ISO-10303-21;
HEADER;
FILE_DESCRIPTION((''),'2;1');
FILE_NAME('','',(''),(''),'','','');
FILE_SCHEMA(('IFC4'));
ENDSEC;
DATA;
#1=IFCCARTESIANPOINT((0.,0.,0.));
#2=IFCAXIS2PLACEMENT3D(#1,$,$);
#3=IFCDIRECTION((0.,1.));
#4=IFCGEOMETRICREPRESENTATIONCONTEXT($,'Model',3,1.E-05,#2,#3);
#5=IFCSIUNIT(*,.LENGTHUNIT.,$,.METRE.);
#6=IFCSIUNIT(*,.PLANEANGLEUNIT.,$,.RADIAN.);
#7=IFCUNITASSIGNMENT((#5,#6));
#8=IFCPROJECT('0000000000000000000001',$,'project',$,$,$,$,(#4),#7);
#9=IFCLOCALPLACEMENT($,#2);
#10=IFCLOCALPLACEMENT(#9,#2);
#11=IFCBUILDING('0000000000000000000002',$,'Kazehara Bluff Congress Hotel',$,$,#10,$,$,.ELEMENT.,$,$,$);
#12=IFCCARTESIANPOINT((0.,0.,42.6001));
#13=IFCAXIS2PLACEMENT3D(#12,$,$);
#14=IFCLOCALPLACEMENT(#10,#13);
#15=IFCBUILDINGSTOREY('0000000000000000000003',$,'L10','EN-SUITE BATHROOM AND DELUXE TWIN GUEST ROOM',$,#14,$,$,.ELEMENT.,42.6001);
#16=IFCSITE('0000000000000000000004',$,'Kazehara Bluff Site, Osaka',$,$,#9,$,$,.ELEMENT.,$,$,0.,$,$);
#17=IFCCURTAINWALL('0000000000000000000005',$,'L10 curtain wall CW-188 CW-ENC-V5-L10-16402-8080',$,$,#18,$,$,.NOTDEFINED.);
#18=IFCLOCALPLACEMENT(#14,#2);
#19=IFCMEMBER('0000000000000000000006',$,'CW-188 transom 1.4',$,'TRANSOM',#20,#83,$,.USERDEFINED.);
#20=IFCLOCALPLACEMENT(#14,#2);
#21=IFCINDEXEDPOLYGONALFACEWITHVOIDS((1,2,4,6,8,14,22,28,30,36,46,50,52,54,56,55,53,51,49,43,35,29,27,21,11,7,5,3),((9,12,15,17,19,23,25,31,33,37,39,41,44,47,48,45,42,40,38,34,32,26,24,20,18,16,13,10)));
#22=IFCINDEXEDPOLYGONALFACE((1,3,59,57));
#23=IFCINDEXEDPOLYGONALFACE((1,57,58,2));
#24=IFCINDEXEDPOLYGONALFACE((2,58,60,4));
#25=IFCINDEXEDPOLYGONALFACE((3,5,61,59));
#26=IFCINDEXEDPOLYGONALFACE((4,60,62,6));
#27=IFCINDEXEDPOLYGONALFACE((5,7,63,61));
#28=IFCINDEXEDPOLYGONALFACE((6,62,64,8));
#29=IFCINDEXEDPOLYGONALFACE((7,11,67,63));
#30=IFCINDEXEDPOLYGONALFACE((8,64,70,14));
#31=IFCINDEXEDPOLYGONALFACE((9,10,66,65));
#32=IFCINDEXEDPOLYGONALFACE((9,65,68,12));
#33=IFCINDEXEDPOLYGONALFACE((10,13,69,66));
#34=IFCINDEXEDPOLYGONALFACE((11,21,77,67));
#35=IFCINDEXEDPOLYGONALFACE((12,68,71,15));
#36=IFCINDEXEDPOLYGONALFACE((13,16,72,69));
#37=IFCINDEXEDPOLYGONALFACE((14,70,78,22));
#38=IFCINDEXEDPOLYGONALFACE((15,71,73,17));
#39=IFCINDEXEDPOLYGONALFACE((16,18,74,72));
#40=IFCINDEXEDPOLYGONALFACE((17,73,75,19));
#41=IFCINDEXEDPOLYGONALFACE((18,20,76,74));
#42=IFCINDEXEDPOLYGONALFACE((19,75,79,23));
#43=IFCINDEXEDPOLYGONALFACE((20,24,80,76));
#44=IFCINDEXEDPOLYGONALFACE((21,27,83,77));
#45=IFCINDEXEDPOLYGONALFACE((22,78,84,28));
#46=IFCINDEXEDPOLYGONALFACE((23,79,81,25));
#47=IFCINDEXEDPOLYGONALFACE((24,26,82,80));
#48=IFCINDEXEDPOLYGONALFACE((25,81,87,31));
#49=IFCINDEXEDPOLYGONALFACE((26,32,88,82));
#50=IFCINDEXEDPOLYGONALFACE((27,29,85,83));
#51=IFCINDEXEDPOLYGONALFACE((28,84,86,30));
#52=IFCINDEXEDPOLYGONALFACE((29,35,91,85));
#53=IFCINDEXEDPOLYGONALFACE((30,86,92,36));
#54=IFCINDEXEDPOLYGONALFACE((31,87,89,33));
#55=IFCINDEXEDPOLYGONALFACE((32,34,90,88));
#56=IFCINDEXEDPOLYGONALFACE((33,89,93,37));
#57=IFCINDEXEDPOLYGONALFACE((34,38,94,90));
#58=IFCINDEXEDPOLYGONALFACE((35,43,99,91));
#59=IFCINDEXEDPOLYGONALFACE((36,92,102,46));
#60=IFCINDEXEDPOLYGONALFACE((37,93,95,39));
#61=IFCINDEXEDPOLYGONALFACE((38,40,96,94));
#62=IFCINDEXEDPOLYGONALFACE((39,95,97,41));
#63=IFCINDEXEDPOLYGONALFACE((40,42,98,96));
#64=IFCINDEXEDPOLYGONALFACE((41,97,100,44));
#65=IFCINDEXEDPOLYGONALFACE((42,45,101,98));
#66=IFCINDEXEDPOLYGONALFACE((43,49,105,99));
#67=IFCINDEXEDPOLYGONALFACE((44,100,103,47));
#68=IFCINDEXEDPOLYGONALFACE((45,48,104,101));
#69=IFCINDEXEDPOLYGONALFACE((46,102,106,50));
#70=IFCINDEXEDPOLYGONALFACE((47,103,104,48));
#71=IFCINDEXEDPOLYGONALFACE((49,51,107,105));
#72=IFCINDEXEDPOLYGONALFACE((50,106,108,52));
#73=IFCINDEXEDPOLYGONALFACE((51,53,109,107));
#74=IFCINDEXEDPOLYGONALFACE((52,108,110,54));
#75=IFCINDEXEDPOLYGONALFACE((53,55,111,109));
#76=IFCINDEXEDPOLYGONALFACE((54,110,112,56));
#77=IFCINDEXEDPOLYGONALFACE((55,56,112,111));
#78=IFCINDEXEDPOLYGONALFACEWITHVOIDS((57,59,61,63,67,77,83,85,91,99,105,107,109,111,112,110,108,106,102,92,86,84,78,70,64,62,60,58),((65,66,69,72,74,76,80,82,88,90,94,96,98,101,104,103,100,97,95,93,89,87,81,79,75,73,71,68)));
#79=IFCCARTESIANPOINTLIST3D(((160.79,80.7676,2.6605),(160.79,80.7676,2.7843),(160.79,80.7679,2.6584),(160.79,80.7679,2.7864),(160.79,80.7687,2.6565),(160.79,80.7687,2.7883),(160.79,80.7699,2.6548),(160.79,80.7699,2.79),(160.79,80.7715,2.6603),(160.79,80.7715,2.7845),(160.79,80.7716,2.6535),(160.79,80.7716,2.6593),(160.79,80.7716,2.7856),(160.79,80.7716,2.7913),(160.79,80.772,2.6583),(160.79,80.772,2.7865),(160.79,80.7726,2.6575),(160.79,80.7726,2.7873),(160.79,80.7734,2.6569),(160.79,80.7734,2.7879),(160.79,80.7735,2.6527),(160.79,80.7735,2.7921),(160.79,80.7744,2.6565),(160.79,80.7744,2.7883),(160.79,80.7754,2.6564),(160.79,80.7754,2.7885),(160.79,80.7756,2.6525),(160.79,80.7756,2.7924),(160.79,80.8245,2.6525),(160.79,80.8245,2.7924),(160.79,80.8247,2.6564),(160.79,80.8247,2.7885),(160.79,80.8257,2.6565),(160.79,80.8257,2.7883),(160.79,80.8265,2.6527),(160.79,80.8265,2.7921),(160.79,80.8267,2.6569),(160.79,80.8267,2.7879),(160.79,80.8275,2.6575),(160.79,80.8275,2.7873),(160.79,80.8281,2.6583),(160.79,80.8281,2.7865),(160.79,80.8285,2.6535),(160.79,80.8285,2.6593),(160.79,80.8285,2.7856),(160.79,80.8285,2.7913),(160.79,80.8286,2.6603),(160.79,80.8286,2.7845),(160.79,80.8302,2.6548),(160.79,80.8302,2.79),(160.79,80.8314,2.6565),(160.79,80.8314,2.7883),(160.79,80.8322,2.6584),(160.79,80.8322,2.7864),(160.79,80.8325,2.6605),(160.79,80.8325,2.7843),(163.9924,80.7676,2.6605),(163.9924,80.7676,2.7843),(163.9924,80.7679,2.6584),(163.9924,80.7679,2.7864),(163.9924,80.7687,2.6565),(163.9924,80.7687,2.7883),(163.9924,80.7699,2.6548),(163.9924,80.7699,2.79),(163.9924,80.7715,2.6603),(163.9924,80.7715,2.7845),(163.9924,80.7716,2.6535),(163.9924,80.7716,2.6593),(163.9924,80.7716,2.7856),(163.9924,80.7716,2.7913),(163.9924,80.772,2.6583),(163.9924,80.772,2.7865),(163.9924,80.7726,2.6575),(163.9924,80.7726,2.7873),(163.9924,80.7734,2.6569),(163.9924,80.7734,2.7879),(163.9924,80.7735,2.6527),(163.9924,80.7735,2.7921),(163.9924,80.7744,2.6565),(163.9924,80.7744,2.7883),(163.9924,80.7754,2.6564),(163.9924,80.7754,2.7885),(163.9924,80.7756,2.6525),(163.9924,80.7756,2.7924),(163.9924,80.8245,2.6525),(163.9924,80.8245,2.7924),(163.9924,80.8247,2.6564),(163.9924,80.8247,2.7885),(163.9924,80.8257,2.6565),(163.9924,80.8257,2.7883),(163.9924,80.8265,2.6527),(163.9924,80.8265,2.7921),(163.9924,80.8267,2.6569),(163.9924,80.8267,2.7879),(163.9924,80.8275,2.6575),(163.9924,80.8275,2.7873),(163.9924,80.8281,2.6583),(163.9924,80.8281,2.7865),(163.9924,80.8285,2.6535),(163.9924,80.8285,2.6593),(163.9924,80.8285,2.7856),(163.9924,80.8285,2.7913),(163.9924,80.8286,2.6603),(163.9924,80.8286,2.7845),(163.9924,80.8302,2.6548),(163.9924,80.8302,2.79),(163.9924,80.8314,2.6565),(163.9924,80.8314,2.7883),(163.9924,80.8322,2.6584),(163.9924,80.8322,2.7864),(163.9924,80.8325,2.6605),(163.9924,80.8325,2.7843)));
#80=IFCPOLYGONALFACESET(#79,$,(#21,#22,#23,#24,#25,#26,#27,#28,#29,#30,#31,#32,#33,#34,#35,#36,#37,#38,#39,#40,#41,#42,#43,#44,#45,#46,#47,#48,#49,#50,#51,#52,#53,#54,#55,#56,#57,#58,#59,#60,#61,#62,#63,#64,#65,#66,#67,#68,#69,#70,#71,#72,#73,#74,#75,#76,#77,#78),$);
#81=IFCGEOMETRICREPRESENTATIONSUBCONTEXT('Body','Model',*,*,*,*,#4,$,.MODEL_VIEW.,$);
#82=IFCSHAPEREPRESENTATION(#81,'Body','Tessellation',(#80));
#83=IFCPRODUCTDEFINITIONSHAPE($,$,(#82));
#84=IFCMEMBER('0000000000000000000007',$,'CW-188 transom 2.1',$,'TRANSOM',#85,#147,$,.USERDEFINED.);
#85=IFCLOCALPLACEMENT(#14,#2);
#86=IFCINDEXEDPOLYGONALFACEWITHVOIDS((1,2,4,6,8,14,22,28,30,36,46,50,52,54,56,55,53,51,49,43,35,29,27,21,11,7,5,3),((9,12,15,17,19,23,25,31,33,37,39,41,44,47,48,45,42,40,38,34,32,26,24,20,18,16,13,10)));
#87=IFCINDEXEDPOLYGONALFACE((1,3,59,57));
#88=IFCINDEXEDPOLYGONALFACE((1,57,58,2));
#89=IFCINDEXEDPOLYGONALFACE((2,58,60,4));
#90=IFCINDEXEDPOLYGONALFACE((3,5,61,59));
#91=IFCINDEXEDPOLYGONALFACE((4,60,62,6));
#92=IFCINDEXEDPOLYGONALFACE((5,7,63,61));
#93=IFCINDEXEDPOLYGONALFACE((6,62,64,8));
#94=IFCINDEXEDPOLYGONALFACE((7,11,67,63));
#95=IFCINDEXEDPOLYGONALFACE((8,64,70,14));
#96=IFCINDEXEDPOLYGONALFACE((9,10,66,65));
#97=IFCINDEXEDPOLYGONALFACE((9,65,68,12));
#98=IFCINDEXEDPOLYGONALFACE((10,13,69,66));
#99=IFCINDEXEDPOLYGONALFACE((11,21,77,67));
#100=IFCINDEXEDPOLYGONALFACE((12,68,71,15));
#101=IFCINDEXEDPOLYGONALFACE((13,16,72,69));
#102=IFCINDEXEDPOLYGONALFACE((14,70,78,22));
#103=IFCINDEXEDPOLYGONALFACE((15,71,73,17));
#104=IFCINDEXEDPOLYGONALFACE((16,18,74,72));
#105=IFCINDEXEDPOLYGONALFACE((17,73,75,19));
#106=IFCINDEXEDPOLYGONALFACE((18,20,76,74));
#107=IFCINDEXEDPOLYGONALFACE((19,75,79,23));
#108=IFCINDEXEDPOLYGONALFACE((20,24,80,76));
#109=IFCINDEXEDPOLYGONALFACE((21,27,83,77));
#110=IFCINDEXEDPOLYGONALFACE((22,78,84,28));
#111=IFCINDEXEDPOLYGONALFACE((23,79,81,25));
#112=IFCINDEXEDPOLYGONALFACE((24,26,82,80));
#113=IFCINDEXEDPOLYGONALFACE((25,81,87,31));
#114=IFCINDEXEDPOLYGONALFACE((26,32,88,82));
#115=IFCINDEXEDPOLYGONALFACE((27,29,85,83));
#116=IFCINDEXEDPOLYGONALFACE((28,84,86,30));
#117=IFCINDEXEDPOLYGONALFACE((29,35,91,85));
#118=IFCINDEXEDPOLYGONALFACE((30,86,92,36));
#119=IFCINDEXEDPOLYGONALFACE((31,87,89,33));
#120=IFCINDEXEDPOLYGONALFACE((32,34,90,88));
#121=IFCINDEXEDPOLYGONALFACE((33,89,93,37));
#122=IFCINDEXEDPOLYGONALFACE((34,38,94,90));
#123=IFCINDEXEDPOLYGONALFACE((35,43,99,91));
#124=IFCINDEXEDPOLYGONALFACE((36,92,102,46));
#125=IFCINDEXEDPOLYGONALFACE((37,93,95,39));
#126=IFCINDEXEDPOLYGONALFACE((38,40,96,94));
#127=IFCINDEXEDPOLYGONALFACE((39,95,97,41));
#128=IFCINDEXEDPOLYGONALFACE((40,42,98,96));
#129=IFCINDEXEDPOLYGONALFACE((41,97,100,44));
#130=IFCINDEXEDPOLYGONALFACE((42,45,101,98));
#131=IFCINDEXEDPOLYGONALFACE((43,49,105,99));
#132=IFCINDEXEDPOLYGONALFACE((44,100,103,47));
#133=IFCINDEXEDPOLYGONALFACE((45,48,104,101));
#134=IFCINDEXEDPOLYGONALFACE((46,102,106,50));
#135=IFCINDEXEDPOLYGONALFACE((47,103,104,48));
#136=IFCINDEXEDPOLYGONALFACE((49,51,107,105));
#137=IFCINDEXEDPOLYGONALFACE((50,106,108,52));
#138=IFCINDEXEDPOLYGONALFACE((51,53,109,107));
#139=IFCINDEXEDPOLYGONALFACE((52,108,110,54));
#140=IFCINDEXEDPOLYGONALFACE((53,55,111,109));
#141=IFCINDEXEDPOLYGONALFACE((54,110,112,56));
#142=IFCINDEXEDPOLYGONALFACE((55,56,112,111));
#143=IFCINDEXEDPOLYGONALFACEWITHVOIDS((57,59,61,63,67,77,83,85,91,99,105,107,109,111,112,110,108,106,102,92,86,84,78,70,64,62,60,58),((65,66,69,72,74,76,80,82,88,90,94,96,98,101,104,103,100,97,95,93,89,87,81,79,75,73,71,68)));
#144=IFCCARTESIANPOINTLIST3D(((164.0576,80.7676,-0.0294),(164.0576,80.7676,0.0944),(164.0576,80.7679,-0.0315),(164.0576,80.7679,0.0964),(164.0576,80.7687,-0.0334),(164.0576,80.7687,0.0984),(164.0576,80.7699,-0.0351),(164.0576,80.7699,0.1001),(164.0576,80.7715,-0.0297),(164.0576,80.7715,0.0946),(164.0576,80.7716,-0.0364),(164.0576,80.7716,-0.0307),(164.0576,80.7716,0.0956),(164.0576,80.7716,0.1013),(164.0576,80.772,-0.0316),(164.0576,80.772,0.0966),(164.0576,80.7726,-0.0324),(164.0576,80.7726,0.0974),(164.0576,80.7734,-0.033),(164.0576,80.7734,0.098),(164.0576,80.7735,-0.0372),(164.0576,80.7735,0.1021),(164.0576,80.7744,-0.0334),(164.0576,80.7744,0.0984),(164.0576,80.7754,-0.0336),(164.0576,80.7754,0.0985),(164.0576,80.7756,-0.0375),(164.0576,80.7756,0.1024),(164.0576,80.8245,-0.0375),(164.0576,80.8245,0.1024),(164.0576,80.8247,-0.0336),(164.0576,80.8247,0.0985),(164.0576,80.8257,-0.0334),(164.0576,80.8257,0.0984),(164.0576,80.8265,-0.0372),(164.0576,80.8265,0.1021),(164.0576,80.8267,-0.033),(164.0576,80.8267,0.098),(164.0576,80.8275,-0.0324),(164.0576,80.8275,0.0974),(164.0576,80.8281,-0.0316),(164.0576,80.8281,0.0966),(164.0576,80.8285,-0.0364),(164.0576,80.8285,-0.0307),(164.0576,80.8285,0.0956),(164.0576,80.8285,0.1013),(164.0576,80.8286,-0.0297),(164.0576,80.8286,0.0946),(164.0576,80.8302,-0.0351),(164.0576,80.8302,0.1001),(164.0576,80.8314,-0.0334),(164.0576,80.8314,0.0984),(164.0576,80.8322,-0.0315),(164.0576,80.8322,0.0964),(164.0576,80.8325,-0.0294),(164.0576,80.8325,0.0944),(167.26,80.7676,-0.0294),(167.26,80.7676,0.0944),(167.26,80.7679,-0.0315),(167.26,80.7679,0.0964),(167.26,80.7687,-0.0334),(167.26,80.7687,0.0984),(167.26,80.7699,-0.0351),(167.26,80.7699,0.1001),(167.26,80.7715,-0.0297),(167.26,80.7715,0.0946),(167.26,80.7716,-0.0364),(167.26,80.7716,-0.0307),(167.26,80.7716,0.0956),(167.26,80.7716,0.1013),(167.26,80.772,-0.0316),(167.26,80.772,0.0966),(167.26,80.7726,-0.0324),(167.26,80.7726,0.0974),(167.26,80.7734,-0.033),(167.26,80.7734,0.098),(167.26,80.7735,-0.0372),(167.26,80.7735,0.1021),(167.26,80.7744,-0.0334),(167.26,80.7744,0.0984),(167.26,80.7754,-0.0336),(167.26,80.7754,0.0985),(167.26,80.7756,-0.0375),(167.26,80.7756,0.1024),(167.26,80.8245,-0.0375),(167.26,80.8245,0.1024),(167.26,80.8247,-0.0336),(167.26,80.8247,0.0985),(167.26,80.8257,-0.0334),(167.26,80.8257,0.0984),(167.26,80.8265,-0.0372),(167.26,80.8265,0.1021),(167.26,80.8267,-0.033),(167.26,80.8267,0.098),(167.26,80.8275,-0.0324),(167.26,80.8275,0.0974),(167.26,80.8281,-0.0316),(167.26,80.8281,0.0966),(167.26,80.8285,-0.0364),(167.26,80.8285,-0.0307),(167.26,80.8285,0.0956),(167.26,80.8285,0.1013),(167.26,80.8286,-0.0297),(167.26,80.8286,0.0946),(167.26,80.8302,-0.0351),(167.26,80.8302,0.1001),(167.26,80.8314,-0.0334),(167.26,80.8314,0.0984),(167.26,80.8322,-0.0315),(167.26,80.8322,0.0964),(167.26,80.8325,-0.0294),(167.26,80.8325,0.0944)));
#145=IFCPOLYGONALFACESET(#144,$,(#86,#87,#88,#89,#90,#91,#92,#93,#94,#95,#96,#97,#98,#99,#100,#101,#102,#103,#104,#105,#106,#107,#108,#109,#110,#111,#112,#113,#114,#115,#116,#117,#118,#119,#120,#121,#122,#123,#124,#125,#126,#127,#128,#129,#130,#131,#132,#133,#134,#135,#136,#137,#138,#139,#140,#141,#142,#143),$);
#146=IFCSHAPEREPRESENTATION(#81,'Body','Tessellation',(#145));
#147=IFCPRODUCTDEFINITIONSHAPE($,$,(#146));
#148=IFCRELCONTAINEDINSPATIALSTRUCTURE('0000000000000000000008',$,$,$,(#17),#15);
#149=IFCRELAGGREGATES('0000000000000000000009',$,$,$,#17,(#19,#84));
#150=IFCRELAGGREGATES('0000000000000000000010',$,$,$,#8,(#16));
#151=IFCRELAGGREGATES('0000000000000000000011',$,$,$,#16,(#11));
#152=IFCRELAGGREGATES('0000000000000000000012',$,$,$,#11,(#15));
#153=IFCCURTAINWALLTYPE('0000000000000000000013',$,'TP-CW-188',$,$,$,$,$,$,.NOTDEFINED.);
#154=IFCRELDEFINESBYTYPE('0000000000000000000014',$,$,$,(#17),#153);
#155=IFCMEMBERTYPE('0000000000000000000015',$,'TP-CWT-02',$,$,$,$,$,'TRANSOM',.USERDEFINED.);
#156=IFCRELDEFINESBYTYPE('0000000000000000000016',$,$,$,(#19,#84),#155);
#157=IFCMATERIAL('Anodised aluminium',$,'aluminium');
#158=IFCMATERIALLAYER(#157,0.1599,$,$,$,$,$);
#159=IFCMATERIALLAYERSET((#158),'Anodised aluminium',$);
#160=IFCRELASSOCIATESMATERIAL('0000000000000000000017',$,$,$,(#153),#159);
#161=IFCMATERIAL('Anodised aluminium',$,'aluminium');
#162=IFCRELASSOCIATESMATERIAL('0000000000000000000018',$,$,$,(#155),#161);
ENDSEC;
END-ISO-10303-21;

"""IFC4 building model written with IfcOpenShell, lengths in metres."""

from ifc_helpers import new_model, si_unit, direction, frame, origin, origin_2d, place, context, subcontext, project, spatial, hollow_rectangle, extrude, material, layer, layer_set, material_profile, profile_set, type_object, element, aggregate, save


model = new_model("IFC4")

# Units and contexts
model_context = context("Model", 3, precision=1e-05, world=origin(), true_north=direction((0.0, 1.0)))
body_context = subcontext(model_context, "Body", "Model", "MODEL_VIEW")
ifc_project = project(units=[si_unit("LENGTHUNIT", "METRE"), si_unit("PLANEANGLEUNIT", "RADIAN")], contexts=[model_context])

# Site, building, storey
site_placement = place(None, origin())
site = spatial("IfcSite", under=ifc_project, at=site_placement, Name="Kazehara Bluff Site, Osaka", CompositionType="ELEMENT", RefElevation=0.0)
building_placement = place(site_placement, origin())
building = spatial("IfcBuilding", under=site, at=building_placement, Name="Kazehara Bluff Congress Hotel", CompositionType="ELEMENT")
storey_placement = place(building_placement, frame((0.0, 0.0, 42.6001)))
storey = spatial("IfcBuildingStorey", under=building, at=storey_placement, Name="L10", Description="EN-SUITE BATHROOM AND DELUXE TWIN GUEST ROOM", CompositionType="ELEMENT", Elevation=42.6001)

# Curtain wall
ifc_material_1 = material(Name="Anodised aluminium", Category="aluminium")
ifc_layer_1 = layer(ifc_material_1, 0.1599)
ifc_layer_set_1 = layer_set([ifc_layer_1], Name="Anodised aluminium")
curtain_wall_type_1 = type_object("IfcCurtainWallType", Name="TP-CW-188", PredefinedType="NOTDEFINED", material=ifc_layer_set_1)
curtain_wall_1_placement = place(storey_placement, origin())
curtain_wall_1 = element("IfcCurtainWall", 1, at=curtain_wall_1_placement, inside=storey, type_object=curtain_wall_type_1, Name="L10 curtain wall CW-188 CW-ENC-V5-L10-16402-8080", PredefinedType="NOTDEFINED")

# Members
ifc_material_2 = material(Name="Anodised aluminium", Category="aluminium")
ifc_material_profile_1 = material_profile(ifc_material_2, hollow_rectangle(XDim=0.0649, YDim=0.1399, WallThickness=0.0039, InnerFilletRadius=0.0039, OuterFilletRadius=0.0081, at=origin_2d()))
ifc_profile_set_1 = profile_set([ifc_material_profile_1], Name="Anodised aluminium")
member_type_1 = type_object("IfcMemberType", Name="TP-CWT-02", ElementType="TRANSOM", PredefinedType="USERDEFINED", material=ifc_profile_set_1)
member_1_placement = place(storey_placement, frame((160.79, 80.8, 2.7224), z_axis=(1.0, 0.0, 0.0), x_axis=(0.0, 1.0, 0.0)))
member_1 = element("IfcMember", 2, at=member_1_placement, type_object=member_type_1, Name="CW-188 transom 1.4", ObjectType="TRANSOM", PredefinedType="USERDEFINED", context=body_context, shape_type="SweptSolid", body=[
    extrude(hollow_rectangle(XDim=0.0649, YDim=0.1399, WallThickness=0.0039, InnerFilletRadius=0.0039, OuterFilletRadius=0.0081, at=origin_2d()), origin(), (0.0, 0.0, 1.0), 3.2024),
])
member_2_placement = place(storey_placement, frame((164.0576, 80.8, 0.0325), z_axis=(1.0, 0.0, 0.0), x_axis=(0.0, 1.0, 0.0)))
member_2 = element("IfcMember", 3, at=member_2_placement, type_object=member_type_1, Name="CW-188 transom 2.1", ObjectType="TRANSOM", PredefinedType="USERDEFINED", context=body_context, shape_type="SweptSolid", body=[
    extrude(hollow_rectangle(XDim=0.0649, YDim=0.1399, WallThickness=0.0039, InnerFilletRadius=0.0039, OuterFilletRadius=0.0081, at=origin_2d()), origin(), (0.0, 0.0, 1.0), 3.2024),
])

aggregate(curtain_wall_1, [member_1, member_2])

save(model, "model.ifc")
